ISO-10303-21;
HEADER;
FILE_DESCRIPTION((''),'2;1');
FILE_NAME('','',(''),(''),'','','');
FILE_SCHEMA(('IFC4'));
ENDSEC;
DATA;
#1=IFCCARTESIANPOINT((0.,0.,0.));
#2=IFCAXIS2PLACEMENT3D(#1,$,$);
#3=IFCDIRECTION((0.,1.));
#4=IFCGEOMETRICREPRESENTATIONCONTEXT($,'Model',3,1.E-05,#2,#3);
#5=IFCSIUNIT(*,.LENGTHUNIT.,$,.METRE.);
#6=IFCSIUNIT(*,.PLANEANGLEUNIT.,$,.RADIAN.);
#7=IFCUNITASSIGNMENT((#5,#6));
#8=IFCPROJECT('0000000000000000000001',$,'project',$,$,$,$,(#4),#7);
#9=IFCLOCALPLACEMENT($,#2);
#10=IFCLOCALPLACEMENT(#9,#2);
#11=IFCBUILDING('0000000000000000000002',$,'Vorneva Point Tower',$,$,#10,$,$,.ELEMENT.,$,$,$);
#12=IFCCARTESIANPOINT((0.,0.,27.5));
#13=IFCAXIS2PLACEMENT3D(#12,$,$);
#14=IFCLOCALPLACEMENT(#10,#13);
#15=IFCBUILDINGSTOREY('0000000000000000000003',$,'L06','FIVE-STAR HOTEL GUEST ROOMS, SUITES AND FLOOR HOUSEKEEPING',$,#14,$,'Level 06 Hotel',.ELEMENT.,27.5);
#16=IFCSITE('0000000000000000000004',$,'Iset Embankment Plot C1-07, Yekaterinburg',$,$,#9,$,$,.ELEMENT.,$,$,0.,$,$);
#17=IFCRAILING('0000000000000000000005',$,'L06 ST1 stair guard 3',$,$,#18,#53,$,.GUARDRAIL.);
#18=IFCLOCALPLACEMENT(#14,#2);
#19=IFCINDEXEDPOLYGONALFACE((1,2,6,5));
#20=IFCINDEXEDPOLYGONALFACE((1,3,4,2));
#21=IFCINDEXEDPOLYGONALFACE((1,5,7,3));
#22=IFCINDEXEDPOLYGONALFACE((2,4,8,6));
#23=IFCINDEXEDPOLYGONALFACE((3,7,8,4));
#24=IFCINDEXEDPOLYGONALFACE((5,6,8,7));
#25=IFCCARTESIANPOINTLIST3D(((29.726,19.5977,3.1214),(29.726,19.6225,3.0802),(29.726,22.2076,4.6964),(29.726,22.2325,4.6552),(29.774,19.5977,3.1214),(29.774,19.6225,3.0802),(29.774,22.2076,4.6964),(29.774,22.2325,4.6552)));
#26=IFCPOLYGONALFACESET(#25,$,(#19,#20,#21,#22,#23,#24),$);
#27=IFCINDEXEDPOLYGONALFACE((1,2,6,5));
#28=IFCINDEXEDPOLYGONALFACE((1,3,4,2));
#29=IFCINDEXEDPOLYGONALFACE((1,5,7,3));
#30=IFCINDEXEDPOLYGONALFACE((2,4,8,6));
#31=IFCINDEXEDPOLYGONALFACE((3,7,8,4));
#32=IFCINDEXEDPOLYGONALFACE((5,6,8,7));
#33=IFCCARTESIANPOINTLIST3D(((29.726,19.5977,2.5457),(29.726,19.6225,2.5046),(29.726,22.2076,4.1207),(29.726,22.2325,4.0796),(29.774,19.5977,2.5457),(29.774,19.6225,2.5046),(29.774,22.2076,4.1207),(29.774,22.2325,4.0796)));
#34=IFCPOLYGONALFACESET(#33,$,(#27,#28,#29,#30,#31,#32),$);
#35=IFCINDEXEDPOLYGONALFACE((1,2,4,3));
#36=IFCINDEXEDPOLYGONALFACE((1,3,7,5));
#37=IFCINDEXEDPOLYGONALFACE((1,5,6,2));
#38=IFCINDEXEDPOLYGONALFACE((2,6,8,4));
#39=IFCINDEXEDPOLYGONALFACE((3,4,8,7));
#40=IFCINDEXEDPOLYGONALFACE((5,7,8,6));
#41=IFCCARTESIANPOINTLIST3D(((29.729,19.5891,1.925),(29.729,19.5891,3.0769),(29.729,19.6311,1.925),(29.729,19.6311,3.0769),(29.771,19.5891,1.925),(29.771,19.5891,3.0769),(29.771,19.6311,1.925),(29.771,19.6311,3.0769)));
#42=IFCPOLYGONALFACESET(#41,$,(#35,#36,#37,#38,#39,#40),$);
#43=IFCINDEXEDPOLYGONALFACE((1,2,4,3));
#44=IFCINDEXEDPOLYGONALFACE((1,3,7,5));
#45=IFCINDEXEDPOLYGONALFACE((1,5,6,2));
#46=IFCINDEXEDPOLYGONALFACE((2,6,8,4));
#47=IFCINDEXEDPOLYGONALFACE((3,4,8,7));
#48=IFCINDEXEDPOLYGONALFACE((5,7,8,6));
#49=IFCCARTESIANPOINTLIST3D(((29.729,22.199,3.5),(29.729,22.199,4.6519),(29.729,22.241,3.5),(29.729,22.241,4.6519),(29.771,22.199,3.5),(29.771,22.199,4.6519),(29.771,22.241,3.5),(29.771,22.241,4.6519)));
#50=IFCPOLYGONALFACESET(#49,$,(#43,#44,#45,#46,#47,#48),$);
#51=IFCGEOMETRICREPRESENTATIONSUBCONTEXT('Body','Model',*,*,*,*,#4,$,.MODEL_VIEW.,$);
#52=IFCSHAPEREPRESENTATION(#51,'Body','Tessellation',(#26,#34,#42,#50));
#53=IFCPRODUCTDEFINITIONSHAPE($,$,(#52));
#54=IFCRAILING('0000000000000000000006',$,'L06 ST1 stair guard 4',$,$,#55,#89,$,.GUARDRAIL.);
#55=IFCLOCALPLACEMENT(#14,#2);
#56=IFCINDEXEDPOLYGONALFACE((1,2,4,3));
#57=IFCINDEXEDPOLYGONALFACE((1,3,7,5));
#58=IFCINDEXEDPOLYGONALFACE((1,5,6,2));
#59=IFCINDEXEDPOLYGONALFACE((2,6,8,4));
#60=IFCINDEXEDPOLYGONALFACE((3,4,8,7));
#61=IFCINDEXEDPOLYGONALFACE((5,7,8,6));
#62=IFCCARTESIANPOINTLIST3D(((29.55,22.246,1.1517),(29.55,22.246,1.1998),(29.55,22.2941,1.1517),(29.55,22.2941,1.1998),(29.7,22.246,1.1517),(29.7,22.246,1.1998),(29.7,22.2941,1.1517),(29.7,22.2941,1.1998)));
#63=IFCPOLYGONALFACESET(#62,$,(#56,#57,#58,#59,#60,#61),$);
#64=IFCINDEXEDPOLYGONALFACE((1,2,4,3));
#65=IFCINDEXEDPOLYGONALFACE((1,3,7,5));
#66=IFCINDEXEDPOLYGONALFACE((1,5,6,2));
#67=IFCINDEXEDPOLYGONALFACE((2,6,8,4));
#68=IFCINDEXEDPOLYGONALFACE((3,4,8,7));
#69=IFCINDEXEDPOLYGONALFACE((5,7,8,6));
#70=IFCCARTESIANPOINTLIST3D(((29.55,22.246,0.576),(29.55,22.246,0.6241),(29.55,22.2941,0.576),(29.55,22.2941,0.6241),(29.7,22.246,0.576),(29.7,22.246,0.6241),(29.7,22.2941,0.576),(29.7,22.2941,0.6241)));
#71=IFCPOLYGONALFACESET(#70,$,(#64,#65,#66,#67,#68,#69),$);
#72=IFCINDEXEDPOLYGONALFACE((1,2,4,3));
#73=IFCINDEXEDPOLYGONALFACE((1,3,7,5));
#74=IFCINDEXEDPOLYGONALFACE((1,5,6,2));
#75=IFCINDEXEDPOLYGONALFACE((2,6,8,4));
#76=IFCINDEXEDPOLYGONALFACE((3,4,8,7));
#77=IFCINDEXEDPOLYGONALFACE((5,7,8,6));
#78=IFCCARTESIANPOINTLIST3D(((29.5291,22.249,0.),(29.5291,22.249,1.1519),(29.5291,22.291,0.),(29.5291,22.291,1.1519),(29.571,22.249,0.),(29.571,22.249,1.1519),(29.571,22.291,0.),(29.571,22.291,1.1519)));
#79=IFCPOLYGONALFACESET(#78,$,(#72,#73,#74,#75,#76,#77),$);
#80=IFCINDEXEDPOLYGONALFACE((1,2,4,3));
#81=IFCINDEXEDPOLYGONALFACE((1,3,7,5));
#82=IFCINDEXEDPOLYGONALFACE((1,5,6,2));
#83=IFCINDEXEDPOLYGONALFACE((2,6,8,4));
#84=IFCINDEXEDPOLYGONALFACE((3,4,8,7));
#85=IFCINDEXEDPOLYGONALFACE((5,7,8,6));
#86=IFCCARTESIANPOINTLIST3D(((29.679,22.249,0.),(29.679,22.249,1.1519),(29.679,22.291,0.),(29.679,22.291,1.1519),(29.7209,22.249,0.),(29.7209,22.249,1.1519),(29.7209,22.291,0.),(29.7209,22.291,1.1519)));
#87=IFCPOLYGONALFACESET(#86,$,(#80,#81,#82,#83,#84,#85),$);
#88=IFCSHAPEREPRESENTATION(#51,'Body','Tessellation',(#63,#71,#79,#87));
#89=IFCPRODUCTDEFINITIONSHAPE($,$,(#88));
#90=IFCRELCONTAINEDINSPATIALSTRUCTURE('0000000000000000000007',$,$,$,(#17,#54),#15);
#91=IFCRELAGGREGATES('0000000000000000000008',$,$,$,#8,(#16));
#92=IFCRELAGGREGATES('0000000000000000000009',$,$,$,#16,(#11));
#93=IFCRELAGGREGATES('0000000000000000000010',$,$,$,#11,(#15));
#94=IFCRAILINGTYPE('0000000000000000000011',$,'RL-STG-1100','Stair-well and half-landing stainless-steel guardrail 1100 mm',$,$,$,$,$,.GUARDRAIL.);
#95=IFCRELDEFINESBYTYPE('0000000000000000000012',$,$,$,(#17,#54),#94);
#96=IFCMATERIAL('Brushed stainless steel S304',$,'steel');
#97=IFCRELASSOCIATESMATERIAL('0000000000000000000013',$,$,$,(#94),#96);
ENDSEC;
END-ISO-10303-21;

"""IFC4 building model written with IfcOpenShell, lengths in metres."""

from ifc_helpers import new_model, si_unit, direction, frame, origin, origin_2d, place, context, subcontext, project, spatial, rectangle, extrude, material, type_object, element, save


model = new_model("IFC4")

# Units and contexts
model_context = context("Model", 3, precision=1e-05, world=origin(), true_north=direction((0.0, 1.0)))
body_context = subcontext(model_context, "Body", "Model", "MODEL_VIEW")
ifc_project = project(units=[si_unit("LENGTHUNIT", "METRE"), si_unit("PLANEANGLEUNIT", "RADIAN")], contexts=[model_context])

# Site, building, storey
site_placement = place(None, origin())
site = spatial("IfcSite", under=ifc_project, at=site_placement, Name="Iset Embankment Plot C1-07, Yekaterinburg", CompositionType="ELEMENT", RefElevation=0.0)
building_placement = place(site_placement, origin())
building = spatial("IfcBuilding", under=site, at=building_placement, Name="Vorneva Point Tower", CompositionType="ELEMENT")
storey_placement = place(building_placement, frame((0.0, 0.0, 27.5)))
storey = spatial("IfcBuildingStorey", under=building, at=storey_placement, Name="L06", Description="FIVE-STAR HOTEL GUEST ROOMS, SUITES AND FLOOR HOUSEKEEPING", LongName="Level 06 Hotel", CompositionType="ELEMENT", Elevation=27.5)

# Railings
ifc_material_1 = material(Name="Brushed stainless steel S304", Category="steel")
railing_type_1 = type_object("IfcRailingType", Name="RL-STG-1100", Description="Stair-well and half-landing stainless-steel guardrail 1100 mm", PredefinedType="GUARDRAIL", material=ifc_material_1)
railing_1_placement = place(storey_placement, frame((29.75, 19.6101, 1.925)))
element("IfcRailing", 1, at=railing_1_placement, inside=storey, type_object=railing_type_1, Name="L06 ST1 stair guard 3", PredefinedType="GUARDRAIL", context=body_context, shape_type="SweptSolid", body=[
    extrude(rectangle(XDim=0.0481, YDim=0.0481, at=origin_2d()), frame((0.0, 0.0, 1.1758), z_axis=(0.0, 0.856183, 0.516673), x_axis=(-1.0, 0.0, 0.0)), (0.0, 0.0, 1.0), 3.0483),
    extrude(rectangle(XDim=0.0481, YDim=0.0481, at=origin_2d()), frame((0.0, 0.0, 0.6001), z_axis=(0.0, 0.856183, 0.516673), x_axis=(-1.0, 0.0, 0.0)), (0.0, 0.0, 1.0), 3.0483),
    extrude(rectangle(XDim=0.042, YDim=0.042, at=origin_2d()), origin(), (0.0, 0.0, 1.0), 1.1519),
    extrude(rectangle(XDim=0.042, YDim=0.042, at=origin_2d()), frame((0.0, 2.6099, 1.575)), (0.0, 0.0, 1.0), 1.1519),
])
railing_2_placement = place(storey_placement, frame((29.55, 22.27, 0.0)))
element("IfcRailing", 2, at=railing_2_placement, inside=storey, type_object=railing_type_1, Name="L06 ST1 stair guard 4", PredefinedType="GUARDRAIL", context=body_context, shape_type="SweptSolid", body=[
    extrude(rectangle(XDim=0.0481, YDim=0.0481, at=origin_2d()), frame((0.0, 0.0, 1.1758), z_axis=(1.0, 0.0, 0.0), x_axis=(0.0, 1.0, 0.0)), (0.0, 0.0, 1.0), 0.1499),
    extrude(rectangle(XDim=0.0481, YDim=0.0481, at=origin_2d()), frame((0.0, 0.0, 0.6001), z_axis=(1.0, 0.0, 0.0), x_axis=(0.0, 1.0, 0.0)), (0.0, 0.0, 1.0), 0.1499),
    extrude(rectangle(XDim=0.042, YDim=0.042, at=origin_2d()), origin(), (0.0, 0.0, 1.0), 1.1519),
    extrude(rectangle(XDim=0.042, YDim=0.042, at=origin_2d()), frame((0.1499, 0.0, 0.0)), (0.0, 0.0, 1.0), 1.1519),
])

save(model, "model.ifc")
